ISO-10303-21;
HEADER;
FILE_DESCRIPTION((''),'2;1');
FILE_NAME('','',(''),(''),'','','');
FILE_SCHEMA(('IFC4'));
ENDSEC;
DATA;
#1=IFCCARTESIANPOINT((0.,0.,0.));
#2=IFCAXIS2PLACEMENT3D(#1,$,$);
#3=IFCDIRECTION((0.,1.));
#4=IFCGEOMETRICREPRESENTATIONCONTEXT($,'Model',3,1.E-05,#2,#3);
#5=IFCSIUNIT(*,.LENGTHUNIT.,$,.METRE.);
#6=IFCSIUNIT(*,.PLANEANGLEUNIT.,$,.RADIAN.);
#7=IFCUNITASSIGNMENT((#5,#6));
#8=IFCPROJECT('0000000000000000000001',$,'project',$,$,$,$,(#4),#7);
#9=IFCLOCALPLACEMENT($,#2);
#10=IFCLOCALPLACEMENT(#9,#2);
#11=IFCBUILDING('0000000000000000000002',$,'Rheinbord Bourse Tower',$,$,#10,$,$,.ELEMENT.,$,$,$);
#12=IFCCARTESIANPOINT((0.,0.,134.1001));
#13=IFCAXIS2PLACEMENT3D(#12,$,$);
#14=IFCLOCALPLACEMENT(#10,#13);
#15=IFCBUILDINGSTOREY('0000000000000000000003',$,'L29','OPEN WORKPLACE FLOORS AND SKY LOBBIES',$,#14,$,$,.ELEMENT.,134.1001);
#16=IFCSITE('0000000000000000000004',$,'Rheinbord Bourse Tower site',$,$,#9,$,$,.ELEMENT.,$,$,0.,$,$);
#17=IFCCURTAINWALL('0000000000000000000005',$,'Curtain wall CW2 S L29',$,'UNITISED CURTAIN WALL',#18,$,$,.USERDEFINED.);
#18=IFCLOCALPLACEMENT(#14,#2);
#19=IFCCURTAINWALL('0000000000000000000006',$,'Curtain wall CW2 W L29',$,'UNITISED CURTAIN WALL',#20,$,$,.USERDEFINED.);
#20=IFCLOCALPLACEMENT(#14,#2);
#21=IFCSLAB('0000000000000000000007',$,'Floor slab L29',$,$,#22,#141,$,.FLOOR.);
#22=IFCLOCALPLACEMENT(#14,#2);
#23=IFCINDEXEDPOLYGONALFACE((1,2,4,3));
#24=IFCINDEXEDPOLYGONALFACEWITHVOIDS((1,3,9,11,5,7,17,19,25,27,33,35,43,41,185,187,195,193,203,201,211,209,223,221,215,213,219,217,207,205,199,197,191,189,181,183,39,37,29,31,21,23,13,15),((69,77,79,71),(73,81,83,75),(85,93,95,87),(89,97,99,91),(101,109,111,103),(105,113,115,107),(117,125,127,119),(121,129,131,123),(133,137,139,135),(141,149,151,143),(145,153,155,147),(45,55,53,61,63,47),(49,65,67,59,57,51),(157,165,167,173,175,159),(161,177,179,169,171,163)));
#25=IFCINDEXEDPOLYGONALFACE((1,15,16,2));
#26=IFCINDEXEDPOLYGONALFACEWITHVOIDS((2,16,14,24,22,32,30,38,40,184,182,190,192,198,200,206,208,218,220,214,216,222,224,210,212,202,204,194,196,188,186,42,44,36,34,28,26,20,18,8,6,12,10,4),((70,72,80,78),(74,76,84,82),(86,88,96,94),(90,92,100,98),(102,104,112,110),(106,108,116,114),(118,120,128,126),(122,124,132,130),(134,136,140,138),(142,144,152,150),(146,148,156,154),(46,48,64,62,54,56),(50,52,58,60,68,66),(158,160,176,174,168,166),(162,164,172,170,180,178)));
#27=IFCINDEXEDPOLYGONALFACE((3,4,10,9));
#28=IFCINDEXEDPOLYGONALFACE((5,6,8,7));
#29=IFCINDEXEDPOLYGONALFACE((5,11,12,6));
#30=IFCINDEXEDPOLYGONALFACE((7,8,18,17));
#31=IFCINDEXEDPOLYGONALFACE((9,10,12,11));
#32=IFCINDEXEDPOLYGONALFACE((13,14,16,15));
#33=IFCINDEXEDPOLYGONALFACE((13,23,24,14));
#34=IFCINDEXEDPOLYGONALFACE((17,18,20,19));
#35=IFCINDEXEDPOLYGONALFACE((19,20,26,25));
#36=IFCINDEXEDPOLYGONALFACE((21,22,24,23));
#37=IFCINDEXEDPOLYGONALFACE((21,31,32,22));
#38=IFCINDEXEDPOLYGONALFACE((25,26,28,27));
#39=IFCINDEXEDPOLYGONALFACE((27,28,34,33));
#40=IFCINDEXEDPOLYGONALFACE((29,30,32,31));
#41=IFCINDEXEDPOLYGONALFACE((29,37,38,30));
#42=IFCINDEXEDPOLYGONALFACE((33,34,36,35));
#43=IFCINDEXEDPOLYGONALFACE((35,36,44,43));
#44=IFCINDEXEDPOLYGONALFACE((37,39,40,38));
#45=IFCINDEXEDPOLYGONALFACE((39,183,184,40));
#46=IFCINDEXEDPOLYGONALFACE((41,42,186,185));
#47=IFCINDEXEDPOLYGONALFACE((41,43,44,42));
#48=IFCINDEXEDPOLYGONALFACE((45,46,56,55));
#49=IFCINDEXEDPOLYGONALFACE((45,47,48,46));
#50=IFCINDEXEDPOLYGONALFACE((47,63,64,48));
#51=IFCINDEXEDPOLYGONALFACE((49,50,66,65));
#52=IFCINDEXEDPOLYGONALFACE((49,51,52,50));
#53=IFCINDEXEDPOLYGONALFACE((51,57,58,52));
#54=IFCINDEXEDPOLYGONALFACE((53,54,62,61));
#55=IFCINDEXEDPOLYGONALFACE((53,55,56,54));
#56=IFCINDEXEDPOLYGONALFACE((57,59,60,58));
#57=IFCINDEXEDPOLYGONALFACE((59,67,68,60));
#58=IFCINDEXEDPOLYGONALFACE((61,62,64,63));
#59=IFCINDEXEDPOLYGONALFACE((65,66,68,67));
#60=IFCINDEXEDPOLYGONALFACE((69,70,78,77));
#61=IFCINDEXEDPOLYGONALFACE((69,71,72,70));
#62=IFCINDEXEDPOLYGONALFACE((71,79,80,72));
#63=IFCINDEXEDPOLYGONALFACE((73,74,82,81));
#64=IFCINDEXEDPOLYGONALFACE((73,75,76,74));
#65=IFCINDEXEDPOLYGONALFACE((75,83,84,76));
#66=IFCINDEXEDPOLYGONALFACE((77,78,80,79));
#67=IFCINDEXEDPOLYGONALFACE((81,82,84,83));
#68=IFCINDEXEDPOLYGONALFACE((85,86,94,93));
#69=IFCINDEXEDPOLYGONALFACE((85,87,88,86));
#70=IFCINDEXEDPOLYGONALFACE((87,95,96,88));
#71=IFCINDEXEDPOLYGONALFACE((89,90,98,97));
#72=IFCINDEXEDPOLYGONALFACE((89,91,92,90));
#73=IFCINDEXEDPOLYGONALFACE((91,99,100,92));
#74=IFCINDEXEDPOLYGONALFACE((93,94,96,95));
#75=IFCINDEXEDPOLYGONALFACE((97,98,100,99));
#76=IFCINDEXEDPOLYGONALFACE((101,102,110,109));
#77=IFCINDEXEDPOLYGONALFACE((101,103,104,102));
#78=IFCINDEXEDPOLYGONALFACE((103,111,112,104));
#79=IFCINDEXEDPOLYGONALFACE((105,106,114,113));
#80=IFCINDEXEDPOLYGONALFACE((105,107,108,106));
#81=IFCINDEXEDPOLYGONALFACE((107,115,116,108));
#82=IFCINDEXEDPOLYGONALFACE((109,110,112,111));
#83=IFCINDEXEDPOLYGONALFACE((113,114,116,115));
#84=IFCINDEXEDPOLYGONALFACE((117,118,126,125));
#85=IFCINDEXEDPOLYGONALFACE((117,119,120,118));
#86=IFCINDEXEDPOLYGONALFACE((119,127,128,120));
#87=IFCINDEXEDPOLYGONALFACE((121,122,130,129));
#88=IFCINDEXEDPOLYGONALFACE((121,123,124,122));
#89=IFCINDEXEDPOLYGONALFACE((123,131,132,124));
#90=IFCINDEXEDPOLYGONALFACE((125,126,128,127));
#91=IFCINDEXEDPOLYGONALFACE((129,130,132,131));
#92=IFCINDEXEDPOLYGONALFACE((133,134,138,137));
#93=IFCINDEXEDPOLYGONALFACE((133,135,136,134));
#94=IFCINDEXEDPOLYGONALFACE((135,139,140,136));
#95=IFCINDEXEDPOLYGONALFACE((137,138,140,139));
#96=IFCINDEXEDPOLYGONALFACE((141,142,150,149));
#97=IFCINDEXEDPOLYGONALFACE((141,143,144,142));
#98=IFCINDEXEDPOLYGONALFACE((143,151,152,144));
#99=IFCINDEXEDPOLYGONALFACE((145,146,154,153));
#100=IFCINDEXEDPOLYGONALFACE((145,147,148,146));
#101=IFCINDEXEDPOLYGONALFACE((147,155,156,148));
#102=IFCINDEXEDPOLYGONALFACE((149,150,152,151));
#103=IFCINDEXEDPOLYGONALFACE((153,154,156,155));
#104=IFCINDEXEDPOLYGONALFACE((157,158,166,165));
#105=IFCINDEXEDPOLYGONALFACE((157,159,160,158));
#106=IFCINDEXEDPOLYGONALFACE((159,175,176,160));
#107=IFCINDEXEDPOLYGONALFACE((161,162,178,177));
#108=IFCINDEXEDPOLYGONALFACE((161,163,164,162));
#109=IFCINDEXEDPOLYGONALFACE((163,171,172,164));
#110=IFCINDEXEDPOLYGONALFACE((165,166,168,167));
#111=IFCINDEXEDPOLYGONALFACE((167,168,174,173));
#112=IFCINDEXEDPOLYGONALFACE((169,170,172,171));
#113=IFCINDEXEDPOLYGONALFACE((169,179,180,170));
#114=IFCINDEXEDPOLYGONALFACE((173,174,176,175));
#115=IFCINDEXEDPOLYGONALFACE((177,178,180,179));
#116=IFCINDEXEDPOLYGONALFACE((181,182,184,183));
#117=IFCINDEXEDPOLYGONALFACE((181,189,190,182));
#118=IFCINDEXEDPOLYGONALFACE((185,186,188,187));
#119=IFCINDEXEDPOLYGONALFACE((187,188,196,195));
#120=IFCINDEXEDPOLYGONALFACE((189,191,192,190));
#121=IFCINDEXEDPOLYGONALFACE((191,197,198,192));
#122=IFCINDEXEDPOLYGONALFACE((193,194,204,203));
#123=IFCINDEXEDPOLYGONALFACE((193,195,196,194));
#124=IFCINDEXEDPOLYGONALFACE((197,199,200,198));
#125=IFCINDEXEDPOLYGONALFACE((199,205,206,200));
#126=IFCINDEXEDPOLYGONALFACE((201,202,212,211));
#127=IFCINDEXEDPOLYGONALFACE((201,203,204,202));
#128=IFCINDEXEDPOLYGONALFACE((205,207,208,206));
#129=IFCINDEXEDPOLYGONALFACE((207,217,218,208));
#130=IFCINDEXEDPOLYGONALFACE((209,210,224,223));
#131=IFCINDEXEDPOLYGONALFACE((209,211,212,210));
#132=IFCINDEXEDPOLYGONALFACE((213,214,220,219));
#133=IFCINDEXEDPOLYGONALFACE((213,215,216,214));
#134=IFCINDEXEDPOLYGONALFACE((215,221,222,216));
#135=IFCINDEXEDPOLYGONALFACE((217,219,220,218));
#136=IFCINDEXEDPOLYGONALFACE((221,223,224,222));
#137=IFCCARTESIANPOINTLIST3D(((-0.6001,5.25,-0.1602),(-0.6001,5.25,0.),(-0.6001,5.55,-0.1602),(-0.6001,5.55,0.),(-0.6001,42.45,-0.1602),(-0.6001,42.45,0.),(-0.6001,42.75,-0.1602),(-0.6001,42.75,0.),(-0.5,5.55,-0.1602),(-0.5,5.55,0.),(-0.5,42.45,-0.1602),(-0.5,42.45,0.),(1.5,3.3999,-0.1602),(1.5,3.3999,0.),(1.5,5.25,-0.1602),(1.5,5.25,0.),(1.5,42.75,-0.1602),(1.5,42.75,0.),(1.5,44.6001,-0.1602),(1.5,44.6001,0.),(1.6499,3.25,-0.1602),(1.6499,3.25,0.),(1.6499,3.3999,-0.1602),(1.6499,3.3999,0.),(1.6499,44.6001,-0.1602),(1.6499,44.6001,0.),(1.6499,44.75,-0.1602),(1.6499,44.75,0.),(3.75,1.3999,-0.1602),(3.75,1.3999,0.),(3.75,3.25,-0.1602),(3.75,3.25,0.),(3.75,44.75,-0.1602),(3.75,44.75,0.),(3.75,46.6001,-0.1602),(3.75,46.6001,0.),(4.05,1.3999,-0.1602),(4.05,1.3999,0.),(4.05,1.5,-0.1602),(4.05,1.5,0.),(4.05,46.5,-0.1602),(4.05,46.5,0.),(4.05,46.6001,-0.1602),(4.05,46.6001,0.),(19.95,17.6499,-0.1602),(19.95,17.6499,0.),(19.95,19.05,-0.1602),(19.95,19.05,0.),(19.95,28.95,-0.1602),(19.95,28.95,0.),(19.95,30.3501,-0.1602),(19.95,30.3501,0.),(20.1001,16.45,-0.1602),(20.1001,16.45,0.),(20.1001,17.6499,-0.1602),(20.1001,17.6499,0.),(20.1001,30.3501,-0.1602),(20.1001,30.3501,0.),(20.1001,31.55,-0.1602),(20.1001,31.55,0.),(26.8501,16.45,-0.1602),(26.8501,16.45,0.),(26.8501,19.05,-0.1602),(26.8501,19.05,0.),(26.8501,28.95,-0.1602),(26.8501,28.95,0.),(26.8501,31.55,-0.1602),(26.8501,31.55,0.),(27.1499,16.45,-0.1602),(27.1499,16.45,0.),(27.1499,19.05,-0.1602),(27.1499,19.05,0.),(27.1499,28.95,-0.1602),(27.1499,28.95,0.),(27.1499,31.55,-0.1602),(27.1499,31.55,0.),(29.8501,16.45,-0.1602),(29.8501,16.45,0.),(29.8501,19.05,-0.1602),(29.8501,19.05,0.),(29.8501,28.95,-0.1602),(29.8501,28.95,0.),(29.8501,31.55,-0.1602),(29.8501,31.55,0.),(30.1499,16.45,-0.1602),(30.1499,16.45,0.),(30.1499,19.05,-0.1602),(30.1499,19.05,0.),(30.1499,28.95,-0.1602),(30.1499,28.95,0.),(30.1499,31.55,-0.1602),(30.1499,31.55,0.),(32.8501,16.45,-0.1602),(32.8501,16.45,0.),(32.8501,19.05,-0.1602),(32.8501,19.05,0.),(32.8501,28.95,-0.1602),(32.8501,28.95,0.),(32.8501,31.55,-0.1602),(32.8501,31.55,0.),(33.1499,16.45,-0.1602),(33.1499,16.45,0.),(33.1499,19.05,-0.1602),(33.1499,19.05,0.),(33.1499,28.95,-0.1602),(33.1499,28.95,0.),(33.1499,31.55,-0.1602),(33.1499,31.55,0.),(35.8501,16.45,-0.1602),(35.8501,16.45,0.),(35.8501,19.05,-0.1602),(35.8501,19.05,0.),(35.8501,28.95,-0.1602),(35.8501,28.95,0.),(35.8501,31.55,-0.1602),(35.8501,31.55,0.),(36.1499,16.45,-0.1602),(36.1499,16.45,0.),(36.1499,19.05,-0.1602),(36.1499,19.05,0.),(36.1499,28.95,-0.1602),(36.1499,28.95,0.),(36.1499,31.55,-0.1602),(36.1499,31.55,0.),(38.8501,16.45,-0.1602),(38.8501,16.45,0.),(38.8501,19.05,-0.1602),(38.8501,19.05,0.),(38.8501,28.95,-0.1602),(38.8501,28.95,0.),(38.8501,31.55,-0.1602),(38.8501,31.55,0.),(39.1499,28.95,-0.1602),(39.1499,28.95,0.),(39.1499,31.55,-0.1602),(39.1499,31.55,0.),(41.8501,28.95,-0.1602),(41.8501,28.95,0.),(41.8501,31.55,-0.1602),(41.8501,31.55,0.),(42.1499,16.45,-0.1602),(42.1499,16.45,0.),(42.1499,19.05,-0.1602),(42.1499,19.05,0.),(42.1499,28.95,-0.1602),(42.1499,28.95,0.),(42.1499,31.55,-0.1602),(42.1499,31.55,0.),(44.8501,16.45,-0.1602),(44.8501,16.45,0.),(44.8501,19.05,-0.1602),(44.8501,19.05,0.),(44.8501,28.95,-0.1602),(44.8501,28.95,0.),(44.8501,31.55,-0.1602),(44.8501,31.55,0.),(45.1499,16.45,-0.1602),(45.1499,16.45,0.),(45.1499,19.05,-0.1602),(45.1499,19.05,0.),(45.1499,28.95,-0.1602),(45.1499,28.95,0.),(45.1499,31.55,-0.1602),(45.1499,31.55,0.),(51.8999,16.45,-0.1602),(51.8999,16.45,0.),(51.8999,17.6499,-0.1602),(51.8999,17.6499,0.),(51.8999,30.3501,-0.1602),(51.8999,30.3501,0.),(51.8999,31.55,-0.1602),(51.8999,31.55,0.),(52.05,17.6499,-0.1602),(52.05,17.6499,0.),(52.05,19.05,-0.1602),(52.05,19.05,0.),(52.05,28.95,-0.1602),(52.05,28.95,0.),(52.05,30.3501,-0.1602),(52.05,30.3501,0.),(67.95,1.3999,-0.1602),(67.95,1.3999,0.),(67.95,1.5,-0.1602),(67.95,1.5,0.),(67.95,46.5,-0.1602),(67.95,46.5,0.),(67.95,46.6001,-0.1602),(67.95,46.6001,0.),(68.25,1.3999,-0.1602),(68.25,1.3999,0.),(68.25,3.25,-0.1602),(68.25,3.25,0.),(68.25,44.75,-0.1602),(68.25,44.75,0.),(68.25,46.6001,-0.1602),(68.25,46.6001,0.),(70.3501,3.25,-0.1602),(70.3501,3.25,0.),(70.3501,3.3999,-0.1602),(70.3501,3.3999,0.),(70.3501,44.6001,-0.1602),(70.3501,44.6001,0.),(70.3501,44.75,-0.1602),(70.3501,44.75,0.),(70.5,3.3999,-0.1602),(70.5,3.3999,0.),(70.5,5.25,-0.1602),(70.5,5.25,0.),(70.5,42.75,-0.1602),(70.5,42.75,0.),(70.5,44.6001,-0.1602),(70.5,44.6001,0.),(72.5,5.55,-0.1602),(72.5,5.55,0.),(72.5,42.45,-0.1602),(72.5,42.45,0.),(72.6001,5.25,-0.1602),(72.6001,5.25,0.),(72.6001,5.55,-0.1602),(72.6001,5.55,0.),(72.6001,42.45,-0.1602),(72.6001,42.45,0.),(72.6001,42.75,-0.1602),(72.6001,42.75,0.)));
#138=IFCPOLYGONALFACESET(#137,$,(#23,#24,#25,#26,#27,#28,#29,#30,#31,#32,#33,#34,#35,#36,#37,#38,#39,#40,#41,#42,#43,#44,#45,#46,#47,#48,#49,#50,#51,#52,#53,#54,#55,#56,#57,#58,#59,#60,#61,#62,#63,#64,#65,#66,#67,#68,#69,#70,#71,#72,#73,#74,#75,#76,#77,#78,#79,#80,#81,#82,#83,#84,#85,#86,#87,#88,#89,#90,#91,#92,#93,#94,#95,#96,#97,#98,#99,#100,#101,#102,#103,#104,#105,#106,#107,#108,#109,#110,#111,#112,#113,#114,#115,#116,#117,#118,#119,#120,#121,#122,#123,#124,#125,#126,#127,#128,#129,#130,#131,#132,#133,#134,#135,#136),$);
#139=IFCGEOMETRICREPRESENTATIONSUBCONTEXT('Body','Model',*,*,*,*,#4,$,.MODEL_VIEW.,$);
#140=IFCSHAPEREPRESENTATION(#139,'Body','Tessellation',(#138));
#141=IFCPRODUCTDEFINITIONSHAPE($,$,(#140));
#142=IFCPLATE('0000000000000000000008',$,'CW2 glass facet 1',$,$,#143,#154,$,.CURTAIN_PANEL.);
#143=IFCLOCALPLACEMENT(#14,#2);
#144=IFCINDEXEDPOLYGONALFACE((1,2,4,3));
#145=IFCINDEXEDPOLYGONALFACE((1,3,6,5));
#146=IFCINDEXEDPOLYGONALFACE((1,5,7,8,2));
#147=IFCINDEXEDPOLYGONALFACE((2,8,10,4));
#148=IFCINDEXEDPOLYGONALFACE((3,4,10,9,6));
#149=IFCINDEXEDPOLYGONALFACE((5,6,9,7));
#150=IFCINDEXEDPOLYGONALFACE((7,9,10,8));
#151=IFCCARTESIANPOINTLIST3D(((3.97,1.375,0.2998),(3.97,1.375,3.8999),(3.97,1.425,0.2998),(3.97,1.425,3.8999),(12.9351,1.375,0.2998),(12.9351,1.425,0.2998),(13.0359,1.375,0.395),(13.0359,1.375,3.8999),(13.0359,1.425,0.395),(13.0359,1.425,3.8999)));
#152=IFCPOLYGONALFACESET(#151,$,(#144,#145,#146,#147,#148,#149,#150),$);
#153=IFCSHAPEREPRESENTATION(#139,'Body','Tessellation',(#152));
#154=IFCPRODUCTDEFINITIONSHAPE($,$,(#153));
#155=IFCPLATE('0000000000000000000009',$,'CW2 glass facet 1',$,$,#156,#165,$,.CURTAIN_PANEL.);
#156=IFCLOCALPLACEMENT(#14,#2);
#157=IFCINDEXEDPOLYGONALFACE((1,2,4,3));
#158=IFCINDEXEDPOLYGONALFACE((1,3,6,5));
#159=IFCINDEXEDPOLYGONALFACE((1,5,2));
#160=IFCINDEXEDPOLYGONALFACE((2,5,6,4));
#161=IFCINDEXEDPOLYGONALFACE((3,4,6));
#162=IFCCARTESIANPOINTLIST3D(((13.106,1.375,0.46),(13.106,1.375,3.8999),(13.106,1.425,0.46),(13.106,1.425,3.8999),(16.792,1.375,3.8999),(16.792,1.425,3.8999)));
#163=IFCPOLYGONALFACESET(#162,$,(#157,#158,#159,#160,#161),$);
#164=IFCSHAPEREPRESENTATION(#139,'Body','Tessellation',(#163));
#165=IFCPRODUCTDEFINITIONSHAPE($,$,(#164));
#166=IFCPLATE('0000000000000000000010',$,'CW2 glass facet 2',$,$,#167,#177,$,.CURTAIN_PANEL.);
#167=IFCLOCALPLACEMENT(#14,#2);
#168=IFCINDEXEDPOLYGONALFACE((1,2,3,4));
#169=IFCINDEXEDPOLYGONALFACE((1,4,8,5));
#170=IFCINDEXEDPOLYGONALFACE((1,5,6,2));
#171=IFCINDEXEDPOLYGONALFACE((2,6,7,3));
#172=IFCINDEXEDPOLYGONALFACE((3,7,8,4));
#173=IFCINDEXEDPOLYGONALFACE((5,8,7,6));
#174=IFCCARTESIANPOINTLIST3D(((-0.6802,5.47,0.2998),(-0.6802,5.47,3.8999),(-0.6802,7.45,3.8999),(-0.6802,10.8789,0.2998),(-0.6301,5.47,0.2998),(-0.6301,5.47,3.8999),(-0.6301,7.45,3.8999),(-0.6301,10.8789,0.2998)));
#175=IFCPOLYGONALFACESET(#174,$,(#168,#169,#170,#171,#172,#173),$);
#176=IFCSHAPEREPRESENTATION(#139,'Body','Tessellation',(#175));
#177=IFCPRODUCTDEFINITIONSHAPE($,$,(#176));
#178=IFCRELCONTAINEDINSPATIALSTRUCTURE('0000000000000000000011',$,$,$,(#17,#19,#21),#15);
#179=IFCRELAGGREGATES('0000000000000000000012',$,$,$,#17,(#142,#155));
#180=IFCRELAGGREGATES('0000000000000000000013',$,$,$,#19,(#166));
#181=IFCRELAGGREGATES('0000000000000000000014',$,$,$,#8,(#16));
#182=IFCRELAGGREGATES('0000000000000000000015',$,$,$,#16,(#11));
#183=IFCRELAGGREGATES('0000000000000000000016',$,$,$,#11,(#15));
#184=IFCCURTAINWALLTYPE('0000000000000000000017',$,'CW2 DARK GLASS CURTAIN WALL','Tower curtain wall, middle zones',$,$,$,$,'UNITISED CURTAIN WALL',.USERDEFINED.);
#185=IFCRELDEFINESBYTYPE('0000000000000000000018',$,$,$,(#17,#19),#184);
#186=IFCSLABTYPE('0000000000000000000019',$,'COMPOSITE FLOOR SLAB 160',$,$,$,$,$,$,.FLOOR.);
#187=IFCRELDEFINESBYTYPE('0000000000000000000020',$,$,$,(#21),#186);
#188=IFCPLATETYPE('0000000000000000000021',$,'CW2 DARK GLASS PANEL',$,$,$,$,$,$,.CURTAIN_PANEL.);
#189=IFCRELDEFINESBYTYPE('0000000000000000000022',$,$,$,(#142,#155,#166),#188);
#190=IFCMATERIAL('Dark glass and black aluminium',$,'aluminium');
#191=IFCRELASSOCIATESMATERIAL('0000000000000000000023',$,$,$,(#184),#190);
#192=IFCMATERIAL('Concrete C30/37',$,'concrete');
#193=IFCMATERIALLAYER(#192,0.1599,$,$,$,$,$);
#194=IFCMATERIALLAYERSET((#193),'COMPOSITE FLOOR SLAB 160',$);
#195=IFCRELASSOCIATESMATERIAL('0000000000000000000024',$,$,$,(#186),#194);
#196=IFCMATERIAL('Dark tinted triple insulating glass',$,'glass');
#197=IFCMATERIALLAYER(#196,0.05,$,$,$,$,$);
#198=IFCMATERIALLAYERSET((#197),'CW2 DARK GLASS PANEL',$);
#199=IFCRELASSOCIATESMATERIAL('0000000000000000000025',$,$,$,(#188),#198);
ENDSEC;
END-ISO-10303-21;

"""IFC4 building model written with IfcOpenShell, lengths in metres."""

from ifc_helpers import new_model, si_unit, direction, frame, origin, place, context, subcontext, project, spatial, polyline, outline, extrude, material, layer, layer_set, type_object, element, aggregate, save


model = new_model("IFC4")

# Units and contexts
model_context = context("Model", 3, precision=1e-05, world=origin(), true_north=direction((0.0, 1.0)))
body_context = subcontext(model_context, "Body", "Model", "MODEL_VIEW")
ifc_project = project(units=[si_unit("LENGTHUNIT", "METRE"), si_unit("PLANEANGLEUNIT", "RADIAN")], contexts=[model_context])

# Site, building, storey
site_placement = place(None, origin())
site = spatial("IfcSite", under=ifc_project, at=site_placement, Name="Rheinbord Bourse Tower site", CompositionType="ELEMENT", RefElevation=0.0)
building_placement = place(site_placement, origin())
building = spatial("IfcBuilding", under=site, at=building_placement, Name="Rheinbord Bourse Tower", CompositionType="ELEMENT")
storey_placement = place(building_placement, frame((0.0, 0.0, 134.1001)))
storey = spatial("IfcBuildingStorey", under=building, at=storey_placement, Name="L29", Description="OPEN WORKPLACE FLOORS AND SKY LOBBIES", CompositionType="ELEMENT", Elevation=134.1001)

# Curtain wall
ifc_material_1 = material(Name="Dark glass and black aluminium", Category="aluminium")
curtain_wall_type = type_object("IfcCurtainWallType", Name="CW2 DARK GLASS CURTAIN WALL", Description="Tower curtain wall, middle zones", ElementType="UNITISED CURTAIN WALL", PredefinedType="USERDEFINED", material=ifc_material_1)
curtain_wall_1_placement = place(storey_placement, origin())
curtain_wall_1 = element("IfcCurtainWall", 1, at=curtain_wall_1_placement, inside=storey, type_object=curtain_wall_type, Name="Curtain wall CW2 S L29", ObjectType="UNITISED CURTAIN WALL", PredefinedType="USERDEFINED")

# Curtain wall
curtain_wall_2_placement = place(storey_placement, origin())
curtain_wall_2 = element("IfcCurtainWall", 2, at=curtain_wall_2_placement, inside=storey, type_object=curtain_wall_type, Name="Curtain wall CW2 W L29", ObjectType="UNITISED CURTAIN WALL", PredefinedType="USERDEFINED")

# Slab
ifc_material_2 = material(Name="Concrete C30/37", Category="concrete")
ifc_layer_1 = layer(ifc_material_2, 0.1599)
ifc_layer_set_1 = layer_set([ifc_layer_1], Name="COMPOSITE FLOOR SLAB 160")
slab_type_1 = type_object("IfcSlabType", Name="COMPOSITE FLOOR SLAB 160", PredefinedType="FLOOR", material=ifc_layer_set_1)
slab_1_placement = place(storey_placement, frame((0.0, 0.0, -0.1602)))
element("IfcSlab", 3, at=slab_1_placement, inside=storey, type_object=slab_type_1, Name="Floor slab L29", PredefinedType="FLOOR", context=body_context, shape_type="SweptSolid", body=[
    extrude(outline(polyline([(1.6499, 3.3999), (1.5, 3.3999), (1.5, 5.25), (-0.6001, 5.25), (-0.6001, 5.55), (-0.5, 5.55), (-0.5, 42.45), (-0.6001, 42.45), (-0.6001, 42.75), (1.5, 42.75), (1.5, 44.6001), (1.6499, 44.6001), (1.6499, 44.75), (3.75, 44.75), (3.75, 46.6001), (4.05, 46.6001), (4.05, 46.5), (67.95, 46.5), (67.95, 46.6001), (68.25, 46.6001), (68.25, 44.75), (70.3501, 44.75), (70.3501, 44.6001), (70.5, 44.6001), (70.5, 42.75), (72.6001, 42.75), (72.6001, 42.45), (72.5, 42.45), (72.5, 5.55), (72.6001, 5.55), (72.6001, 5.25), (70.5, 5.25), (70.5, 3.3999), (70.3501, 3.3999), (70.3501, 3.25), (68.25, 3.25), (68.25, 1.3999), (67.95, 1.3999), (67.95, 1.5), (4.05, 1.5), (4.05, 1.3999), (3.75, 1.3999), (3.75, 3.25), (1.6499, 3.25), (1.6499, 3.3999)]), holes=[polyline([(19.95, 19.05), (26.8501, 19.05), (26.8501, 16.45), (20.1001, 16.45), (20.1001, 17.6499), (19.95, 17.6499), (19.95, 19.05)]), polyline([(26.8501, 31.55), (26.8501, 28.95), (19.95, 28.95), (19.95, 30.3501), (20.1001, 30.3501), (20.1001, 31.55), (26.8501, 31.55)]), polyline([(45.1499, 16.45), (45.1499, 19.05), (52.05, 19.05), (52.05, 17.6499), (51.8999, 17.6499), (51.8999, 16.45), (45.1499, 16.45)]), polyline([(52.05, 28.95), (45.1499, 28.95), (45.1499, 31.55), (51.8999, 31.55), (51.8999, 30.3501), (52.05, 30.3501), (52.05, 28.95)]), polyline([(27.1499, 16.45), (27.1499, 19.05), (29.8501, 19.05), (29.8501, 16.45), (27.1499, 16.45)]), polyline([(27.1499, 28.95), (27.1499, 31.55), (29.8501, 31.55), (29.8501, 28.95), (27.1499, 28.95)]), polyline([(30.1499, 16.45), (30.1499, 19.05), (32.8501, 19.05), (32.8501, 16.45), (30.1499, 16.45)]), polyline([(30.1499, 28.95), (30.1499, 31.55), (32.8501, 31.55), (32.8501, 28.95), (30.1499, 28.95)]), polyline([(33.1499, 16.45), (33.1499, 19.05), (35.8501, 19.05), (35.8501, 16.45), (33.1499, 16.45)]), polyline([(33.1499, 28.95), (33.1499, 31.55), (35.8501, 31.55), (35.8501, 28.95), (33.1499, 28.95)]), polyline([(36.1499, 16.45), (36.1499, 19.05), (38.8501, 19.05), (38.8501, 16.45), (36.1499, 16.45)]), polyline([(36.1499, 28.95), (36.1499, 31.55), (38.8501, 31.55), (38.8501, 28.95), (36.1499, 28.95)]), polyline([(39.1499, 28.95), (39.1499, 31.55), (41.8501, 31.55), (41.8501, 28.95), (39.1499, 28.95)]), polyline([(42.1499, 16.45), (42.1499, 19.05), (44.8501, 19.05), (44.8501, 16.45), (42.1499, 16.45)]), polyline([(42.1499, 28.95), (42.1499, 31.55), (44.8501, 31.55), (44.8501, 28.95), (42.1499, 28.95)])]), origin(), (0.0, 0.0, 1.0), 0.1602),
])

# Plates
ifc_material_3 = material(Name="Dark tinted triple insulating glass", Category="glass")
ifc_layer_2 = layer(ifc_material_3, 0.05)
ifc_layer_set_2 = layer_set([ifc_layer_2], Name="CW2 DARK GLASS PANEL")
plate_type = type_object("IfcPlateType", Name="CW2 DARK GLASS PANEL", PredefinedType="CURTAIN_PANEL", material=ifc_layer_set_2)
plate_1_placement = place(storey_placement, frame((3.97, 1.375, 0.2998), z_axis=(0.0, 1.0, 0.0), x_axis=(0.0, 0.0, 1.0)))
plate_1 = element("IfcPlate", 4, at=plate_1_placement, type_object=plate_type, Name="CW2 glass facet 1", PredefinedType="CURTAIN_PANEL", context=body_context, shape_type="SweptSolid", body=[
    extrude(outline(polyline([(0.0, 0.0), (3.6001, 0.0), (3.6001, 9.0659), (0.0952, 9.0659), (0.0, 8.9651), (0.0, 0.0)])), origin(), (0.0, 0.0, 1.0), 0.05),
])
plate_2_placement = place(storey_placement, frame((13.106, 1.375, 3.8999), z_axis=(0.0, 1.0, 0.0), x_axis=(1.0, 0.0, 0.0)))
plate_2 = element("IfcPlate", 5, at=plate_2_placement, type_object=plate_type, Name="CW2 glass facet 1", PredefinedType="CURTAIN_PANEL", context=body_context, shape_type="SweptSolid", body=[
    extrude(outline(polyline([(0.0, 0.0), (3.686, 0.0), (0.0, 3.4399), (0.0, 0.0)])), origin(), (0.0, 0.0, 1.0), 0.05),
])
aggregate(curtain_wall_1, [plate_1, plate_2])
plate_3_placement = place(storey_placement, frame((-0.6802, 5.47, 3.8999), z_axis=(1.0, 0.0, 0.0), x_axis=(0.0, 0.0, -1.0)))
plate_3 = element("IfcPlate", 6, at=plate_3_placement, type_object=plate_type, Name="CW2 glass facet 2", PredefinedType="CURTAIN_PANEL", context=body_context, shape_type="SweptSolid", body=[
    extrude(outline(polyline([(0.0, 0.0), (3.6001, 0.0), (3.6001, 5.4089), (0.0, 1.98), (0.0, 0.0)])), origin(), (0.0, 0.0, 1.0), 0.05),
])
aggregate(curtain_wall_2, [plate_3])

save(model, "model.ifc")
